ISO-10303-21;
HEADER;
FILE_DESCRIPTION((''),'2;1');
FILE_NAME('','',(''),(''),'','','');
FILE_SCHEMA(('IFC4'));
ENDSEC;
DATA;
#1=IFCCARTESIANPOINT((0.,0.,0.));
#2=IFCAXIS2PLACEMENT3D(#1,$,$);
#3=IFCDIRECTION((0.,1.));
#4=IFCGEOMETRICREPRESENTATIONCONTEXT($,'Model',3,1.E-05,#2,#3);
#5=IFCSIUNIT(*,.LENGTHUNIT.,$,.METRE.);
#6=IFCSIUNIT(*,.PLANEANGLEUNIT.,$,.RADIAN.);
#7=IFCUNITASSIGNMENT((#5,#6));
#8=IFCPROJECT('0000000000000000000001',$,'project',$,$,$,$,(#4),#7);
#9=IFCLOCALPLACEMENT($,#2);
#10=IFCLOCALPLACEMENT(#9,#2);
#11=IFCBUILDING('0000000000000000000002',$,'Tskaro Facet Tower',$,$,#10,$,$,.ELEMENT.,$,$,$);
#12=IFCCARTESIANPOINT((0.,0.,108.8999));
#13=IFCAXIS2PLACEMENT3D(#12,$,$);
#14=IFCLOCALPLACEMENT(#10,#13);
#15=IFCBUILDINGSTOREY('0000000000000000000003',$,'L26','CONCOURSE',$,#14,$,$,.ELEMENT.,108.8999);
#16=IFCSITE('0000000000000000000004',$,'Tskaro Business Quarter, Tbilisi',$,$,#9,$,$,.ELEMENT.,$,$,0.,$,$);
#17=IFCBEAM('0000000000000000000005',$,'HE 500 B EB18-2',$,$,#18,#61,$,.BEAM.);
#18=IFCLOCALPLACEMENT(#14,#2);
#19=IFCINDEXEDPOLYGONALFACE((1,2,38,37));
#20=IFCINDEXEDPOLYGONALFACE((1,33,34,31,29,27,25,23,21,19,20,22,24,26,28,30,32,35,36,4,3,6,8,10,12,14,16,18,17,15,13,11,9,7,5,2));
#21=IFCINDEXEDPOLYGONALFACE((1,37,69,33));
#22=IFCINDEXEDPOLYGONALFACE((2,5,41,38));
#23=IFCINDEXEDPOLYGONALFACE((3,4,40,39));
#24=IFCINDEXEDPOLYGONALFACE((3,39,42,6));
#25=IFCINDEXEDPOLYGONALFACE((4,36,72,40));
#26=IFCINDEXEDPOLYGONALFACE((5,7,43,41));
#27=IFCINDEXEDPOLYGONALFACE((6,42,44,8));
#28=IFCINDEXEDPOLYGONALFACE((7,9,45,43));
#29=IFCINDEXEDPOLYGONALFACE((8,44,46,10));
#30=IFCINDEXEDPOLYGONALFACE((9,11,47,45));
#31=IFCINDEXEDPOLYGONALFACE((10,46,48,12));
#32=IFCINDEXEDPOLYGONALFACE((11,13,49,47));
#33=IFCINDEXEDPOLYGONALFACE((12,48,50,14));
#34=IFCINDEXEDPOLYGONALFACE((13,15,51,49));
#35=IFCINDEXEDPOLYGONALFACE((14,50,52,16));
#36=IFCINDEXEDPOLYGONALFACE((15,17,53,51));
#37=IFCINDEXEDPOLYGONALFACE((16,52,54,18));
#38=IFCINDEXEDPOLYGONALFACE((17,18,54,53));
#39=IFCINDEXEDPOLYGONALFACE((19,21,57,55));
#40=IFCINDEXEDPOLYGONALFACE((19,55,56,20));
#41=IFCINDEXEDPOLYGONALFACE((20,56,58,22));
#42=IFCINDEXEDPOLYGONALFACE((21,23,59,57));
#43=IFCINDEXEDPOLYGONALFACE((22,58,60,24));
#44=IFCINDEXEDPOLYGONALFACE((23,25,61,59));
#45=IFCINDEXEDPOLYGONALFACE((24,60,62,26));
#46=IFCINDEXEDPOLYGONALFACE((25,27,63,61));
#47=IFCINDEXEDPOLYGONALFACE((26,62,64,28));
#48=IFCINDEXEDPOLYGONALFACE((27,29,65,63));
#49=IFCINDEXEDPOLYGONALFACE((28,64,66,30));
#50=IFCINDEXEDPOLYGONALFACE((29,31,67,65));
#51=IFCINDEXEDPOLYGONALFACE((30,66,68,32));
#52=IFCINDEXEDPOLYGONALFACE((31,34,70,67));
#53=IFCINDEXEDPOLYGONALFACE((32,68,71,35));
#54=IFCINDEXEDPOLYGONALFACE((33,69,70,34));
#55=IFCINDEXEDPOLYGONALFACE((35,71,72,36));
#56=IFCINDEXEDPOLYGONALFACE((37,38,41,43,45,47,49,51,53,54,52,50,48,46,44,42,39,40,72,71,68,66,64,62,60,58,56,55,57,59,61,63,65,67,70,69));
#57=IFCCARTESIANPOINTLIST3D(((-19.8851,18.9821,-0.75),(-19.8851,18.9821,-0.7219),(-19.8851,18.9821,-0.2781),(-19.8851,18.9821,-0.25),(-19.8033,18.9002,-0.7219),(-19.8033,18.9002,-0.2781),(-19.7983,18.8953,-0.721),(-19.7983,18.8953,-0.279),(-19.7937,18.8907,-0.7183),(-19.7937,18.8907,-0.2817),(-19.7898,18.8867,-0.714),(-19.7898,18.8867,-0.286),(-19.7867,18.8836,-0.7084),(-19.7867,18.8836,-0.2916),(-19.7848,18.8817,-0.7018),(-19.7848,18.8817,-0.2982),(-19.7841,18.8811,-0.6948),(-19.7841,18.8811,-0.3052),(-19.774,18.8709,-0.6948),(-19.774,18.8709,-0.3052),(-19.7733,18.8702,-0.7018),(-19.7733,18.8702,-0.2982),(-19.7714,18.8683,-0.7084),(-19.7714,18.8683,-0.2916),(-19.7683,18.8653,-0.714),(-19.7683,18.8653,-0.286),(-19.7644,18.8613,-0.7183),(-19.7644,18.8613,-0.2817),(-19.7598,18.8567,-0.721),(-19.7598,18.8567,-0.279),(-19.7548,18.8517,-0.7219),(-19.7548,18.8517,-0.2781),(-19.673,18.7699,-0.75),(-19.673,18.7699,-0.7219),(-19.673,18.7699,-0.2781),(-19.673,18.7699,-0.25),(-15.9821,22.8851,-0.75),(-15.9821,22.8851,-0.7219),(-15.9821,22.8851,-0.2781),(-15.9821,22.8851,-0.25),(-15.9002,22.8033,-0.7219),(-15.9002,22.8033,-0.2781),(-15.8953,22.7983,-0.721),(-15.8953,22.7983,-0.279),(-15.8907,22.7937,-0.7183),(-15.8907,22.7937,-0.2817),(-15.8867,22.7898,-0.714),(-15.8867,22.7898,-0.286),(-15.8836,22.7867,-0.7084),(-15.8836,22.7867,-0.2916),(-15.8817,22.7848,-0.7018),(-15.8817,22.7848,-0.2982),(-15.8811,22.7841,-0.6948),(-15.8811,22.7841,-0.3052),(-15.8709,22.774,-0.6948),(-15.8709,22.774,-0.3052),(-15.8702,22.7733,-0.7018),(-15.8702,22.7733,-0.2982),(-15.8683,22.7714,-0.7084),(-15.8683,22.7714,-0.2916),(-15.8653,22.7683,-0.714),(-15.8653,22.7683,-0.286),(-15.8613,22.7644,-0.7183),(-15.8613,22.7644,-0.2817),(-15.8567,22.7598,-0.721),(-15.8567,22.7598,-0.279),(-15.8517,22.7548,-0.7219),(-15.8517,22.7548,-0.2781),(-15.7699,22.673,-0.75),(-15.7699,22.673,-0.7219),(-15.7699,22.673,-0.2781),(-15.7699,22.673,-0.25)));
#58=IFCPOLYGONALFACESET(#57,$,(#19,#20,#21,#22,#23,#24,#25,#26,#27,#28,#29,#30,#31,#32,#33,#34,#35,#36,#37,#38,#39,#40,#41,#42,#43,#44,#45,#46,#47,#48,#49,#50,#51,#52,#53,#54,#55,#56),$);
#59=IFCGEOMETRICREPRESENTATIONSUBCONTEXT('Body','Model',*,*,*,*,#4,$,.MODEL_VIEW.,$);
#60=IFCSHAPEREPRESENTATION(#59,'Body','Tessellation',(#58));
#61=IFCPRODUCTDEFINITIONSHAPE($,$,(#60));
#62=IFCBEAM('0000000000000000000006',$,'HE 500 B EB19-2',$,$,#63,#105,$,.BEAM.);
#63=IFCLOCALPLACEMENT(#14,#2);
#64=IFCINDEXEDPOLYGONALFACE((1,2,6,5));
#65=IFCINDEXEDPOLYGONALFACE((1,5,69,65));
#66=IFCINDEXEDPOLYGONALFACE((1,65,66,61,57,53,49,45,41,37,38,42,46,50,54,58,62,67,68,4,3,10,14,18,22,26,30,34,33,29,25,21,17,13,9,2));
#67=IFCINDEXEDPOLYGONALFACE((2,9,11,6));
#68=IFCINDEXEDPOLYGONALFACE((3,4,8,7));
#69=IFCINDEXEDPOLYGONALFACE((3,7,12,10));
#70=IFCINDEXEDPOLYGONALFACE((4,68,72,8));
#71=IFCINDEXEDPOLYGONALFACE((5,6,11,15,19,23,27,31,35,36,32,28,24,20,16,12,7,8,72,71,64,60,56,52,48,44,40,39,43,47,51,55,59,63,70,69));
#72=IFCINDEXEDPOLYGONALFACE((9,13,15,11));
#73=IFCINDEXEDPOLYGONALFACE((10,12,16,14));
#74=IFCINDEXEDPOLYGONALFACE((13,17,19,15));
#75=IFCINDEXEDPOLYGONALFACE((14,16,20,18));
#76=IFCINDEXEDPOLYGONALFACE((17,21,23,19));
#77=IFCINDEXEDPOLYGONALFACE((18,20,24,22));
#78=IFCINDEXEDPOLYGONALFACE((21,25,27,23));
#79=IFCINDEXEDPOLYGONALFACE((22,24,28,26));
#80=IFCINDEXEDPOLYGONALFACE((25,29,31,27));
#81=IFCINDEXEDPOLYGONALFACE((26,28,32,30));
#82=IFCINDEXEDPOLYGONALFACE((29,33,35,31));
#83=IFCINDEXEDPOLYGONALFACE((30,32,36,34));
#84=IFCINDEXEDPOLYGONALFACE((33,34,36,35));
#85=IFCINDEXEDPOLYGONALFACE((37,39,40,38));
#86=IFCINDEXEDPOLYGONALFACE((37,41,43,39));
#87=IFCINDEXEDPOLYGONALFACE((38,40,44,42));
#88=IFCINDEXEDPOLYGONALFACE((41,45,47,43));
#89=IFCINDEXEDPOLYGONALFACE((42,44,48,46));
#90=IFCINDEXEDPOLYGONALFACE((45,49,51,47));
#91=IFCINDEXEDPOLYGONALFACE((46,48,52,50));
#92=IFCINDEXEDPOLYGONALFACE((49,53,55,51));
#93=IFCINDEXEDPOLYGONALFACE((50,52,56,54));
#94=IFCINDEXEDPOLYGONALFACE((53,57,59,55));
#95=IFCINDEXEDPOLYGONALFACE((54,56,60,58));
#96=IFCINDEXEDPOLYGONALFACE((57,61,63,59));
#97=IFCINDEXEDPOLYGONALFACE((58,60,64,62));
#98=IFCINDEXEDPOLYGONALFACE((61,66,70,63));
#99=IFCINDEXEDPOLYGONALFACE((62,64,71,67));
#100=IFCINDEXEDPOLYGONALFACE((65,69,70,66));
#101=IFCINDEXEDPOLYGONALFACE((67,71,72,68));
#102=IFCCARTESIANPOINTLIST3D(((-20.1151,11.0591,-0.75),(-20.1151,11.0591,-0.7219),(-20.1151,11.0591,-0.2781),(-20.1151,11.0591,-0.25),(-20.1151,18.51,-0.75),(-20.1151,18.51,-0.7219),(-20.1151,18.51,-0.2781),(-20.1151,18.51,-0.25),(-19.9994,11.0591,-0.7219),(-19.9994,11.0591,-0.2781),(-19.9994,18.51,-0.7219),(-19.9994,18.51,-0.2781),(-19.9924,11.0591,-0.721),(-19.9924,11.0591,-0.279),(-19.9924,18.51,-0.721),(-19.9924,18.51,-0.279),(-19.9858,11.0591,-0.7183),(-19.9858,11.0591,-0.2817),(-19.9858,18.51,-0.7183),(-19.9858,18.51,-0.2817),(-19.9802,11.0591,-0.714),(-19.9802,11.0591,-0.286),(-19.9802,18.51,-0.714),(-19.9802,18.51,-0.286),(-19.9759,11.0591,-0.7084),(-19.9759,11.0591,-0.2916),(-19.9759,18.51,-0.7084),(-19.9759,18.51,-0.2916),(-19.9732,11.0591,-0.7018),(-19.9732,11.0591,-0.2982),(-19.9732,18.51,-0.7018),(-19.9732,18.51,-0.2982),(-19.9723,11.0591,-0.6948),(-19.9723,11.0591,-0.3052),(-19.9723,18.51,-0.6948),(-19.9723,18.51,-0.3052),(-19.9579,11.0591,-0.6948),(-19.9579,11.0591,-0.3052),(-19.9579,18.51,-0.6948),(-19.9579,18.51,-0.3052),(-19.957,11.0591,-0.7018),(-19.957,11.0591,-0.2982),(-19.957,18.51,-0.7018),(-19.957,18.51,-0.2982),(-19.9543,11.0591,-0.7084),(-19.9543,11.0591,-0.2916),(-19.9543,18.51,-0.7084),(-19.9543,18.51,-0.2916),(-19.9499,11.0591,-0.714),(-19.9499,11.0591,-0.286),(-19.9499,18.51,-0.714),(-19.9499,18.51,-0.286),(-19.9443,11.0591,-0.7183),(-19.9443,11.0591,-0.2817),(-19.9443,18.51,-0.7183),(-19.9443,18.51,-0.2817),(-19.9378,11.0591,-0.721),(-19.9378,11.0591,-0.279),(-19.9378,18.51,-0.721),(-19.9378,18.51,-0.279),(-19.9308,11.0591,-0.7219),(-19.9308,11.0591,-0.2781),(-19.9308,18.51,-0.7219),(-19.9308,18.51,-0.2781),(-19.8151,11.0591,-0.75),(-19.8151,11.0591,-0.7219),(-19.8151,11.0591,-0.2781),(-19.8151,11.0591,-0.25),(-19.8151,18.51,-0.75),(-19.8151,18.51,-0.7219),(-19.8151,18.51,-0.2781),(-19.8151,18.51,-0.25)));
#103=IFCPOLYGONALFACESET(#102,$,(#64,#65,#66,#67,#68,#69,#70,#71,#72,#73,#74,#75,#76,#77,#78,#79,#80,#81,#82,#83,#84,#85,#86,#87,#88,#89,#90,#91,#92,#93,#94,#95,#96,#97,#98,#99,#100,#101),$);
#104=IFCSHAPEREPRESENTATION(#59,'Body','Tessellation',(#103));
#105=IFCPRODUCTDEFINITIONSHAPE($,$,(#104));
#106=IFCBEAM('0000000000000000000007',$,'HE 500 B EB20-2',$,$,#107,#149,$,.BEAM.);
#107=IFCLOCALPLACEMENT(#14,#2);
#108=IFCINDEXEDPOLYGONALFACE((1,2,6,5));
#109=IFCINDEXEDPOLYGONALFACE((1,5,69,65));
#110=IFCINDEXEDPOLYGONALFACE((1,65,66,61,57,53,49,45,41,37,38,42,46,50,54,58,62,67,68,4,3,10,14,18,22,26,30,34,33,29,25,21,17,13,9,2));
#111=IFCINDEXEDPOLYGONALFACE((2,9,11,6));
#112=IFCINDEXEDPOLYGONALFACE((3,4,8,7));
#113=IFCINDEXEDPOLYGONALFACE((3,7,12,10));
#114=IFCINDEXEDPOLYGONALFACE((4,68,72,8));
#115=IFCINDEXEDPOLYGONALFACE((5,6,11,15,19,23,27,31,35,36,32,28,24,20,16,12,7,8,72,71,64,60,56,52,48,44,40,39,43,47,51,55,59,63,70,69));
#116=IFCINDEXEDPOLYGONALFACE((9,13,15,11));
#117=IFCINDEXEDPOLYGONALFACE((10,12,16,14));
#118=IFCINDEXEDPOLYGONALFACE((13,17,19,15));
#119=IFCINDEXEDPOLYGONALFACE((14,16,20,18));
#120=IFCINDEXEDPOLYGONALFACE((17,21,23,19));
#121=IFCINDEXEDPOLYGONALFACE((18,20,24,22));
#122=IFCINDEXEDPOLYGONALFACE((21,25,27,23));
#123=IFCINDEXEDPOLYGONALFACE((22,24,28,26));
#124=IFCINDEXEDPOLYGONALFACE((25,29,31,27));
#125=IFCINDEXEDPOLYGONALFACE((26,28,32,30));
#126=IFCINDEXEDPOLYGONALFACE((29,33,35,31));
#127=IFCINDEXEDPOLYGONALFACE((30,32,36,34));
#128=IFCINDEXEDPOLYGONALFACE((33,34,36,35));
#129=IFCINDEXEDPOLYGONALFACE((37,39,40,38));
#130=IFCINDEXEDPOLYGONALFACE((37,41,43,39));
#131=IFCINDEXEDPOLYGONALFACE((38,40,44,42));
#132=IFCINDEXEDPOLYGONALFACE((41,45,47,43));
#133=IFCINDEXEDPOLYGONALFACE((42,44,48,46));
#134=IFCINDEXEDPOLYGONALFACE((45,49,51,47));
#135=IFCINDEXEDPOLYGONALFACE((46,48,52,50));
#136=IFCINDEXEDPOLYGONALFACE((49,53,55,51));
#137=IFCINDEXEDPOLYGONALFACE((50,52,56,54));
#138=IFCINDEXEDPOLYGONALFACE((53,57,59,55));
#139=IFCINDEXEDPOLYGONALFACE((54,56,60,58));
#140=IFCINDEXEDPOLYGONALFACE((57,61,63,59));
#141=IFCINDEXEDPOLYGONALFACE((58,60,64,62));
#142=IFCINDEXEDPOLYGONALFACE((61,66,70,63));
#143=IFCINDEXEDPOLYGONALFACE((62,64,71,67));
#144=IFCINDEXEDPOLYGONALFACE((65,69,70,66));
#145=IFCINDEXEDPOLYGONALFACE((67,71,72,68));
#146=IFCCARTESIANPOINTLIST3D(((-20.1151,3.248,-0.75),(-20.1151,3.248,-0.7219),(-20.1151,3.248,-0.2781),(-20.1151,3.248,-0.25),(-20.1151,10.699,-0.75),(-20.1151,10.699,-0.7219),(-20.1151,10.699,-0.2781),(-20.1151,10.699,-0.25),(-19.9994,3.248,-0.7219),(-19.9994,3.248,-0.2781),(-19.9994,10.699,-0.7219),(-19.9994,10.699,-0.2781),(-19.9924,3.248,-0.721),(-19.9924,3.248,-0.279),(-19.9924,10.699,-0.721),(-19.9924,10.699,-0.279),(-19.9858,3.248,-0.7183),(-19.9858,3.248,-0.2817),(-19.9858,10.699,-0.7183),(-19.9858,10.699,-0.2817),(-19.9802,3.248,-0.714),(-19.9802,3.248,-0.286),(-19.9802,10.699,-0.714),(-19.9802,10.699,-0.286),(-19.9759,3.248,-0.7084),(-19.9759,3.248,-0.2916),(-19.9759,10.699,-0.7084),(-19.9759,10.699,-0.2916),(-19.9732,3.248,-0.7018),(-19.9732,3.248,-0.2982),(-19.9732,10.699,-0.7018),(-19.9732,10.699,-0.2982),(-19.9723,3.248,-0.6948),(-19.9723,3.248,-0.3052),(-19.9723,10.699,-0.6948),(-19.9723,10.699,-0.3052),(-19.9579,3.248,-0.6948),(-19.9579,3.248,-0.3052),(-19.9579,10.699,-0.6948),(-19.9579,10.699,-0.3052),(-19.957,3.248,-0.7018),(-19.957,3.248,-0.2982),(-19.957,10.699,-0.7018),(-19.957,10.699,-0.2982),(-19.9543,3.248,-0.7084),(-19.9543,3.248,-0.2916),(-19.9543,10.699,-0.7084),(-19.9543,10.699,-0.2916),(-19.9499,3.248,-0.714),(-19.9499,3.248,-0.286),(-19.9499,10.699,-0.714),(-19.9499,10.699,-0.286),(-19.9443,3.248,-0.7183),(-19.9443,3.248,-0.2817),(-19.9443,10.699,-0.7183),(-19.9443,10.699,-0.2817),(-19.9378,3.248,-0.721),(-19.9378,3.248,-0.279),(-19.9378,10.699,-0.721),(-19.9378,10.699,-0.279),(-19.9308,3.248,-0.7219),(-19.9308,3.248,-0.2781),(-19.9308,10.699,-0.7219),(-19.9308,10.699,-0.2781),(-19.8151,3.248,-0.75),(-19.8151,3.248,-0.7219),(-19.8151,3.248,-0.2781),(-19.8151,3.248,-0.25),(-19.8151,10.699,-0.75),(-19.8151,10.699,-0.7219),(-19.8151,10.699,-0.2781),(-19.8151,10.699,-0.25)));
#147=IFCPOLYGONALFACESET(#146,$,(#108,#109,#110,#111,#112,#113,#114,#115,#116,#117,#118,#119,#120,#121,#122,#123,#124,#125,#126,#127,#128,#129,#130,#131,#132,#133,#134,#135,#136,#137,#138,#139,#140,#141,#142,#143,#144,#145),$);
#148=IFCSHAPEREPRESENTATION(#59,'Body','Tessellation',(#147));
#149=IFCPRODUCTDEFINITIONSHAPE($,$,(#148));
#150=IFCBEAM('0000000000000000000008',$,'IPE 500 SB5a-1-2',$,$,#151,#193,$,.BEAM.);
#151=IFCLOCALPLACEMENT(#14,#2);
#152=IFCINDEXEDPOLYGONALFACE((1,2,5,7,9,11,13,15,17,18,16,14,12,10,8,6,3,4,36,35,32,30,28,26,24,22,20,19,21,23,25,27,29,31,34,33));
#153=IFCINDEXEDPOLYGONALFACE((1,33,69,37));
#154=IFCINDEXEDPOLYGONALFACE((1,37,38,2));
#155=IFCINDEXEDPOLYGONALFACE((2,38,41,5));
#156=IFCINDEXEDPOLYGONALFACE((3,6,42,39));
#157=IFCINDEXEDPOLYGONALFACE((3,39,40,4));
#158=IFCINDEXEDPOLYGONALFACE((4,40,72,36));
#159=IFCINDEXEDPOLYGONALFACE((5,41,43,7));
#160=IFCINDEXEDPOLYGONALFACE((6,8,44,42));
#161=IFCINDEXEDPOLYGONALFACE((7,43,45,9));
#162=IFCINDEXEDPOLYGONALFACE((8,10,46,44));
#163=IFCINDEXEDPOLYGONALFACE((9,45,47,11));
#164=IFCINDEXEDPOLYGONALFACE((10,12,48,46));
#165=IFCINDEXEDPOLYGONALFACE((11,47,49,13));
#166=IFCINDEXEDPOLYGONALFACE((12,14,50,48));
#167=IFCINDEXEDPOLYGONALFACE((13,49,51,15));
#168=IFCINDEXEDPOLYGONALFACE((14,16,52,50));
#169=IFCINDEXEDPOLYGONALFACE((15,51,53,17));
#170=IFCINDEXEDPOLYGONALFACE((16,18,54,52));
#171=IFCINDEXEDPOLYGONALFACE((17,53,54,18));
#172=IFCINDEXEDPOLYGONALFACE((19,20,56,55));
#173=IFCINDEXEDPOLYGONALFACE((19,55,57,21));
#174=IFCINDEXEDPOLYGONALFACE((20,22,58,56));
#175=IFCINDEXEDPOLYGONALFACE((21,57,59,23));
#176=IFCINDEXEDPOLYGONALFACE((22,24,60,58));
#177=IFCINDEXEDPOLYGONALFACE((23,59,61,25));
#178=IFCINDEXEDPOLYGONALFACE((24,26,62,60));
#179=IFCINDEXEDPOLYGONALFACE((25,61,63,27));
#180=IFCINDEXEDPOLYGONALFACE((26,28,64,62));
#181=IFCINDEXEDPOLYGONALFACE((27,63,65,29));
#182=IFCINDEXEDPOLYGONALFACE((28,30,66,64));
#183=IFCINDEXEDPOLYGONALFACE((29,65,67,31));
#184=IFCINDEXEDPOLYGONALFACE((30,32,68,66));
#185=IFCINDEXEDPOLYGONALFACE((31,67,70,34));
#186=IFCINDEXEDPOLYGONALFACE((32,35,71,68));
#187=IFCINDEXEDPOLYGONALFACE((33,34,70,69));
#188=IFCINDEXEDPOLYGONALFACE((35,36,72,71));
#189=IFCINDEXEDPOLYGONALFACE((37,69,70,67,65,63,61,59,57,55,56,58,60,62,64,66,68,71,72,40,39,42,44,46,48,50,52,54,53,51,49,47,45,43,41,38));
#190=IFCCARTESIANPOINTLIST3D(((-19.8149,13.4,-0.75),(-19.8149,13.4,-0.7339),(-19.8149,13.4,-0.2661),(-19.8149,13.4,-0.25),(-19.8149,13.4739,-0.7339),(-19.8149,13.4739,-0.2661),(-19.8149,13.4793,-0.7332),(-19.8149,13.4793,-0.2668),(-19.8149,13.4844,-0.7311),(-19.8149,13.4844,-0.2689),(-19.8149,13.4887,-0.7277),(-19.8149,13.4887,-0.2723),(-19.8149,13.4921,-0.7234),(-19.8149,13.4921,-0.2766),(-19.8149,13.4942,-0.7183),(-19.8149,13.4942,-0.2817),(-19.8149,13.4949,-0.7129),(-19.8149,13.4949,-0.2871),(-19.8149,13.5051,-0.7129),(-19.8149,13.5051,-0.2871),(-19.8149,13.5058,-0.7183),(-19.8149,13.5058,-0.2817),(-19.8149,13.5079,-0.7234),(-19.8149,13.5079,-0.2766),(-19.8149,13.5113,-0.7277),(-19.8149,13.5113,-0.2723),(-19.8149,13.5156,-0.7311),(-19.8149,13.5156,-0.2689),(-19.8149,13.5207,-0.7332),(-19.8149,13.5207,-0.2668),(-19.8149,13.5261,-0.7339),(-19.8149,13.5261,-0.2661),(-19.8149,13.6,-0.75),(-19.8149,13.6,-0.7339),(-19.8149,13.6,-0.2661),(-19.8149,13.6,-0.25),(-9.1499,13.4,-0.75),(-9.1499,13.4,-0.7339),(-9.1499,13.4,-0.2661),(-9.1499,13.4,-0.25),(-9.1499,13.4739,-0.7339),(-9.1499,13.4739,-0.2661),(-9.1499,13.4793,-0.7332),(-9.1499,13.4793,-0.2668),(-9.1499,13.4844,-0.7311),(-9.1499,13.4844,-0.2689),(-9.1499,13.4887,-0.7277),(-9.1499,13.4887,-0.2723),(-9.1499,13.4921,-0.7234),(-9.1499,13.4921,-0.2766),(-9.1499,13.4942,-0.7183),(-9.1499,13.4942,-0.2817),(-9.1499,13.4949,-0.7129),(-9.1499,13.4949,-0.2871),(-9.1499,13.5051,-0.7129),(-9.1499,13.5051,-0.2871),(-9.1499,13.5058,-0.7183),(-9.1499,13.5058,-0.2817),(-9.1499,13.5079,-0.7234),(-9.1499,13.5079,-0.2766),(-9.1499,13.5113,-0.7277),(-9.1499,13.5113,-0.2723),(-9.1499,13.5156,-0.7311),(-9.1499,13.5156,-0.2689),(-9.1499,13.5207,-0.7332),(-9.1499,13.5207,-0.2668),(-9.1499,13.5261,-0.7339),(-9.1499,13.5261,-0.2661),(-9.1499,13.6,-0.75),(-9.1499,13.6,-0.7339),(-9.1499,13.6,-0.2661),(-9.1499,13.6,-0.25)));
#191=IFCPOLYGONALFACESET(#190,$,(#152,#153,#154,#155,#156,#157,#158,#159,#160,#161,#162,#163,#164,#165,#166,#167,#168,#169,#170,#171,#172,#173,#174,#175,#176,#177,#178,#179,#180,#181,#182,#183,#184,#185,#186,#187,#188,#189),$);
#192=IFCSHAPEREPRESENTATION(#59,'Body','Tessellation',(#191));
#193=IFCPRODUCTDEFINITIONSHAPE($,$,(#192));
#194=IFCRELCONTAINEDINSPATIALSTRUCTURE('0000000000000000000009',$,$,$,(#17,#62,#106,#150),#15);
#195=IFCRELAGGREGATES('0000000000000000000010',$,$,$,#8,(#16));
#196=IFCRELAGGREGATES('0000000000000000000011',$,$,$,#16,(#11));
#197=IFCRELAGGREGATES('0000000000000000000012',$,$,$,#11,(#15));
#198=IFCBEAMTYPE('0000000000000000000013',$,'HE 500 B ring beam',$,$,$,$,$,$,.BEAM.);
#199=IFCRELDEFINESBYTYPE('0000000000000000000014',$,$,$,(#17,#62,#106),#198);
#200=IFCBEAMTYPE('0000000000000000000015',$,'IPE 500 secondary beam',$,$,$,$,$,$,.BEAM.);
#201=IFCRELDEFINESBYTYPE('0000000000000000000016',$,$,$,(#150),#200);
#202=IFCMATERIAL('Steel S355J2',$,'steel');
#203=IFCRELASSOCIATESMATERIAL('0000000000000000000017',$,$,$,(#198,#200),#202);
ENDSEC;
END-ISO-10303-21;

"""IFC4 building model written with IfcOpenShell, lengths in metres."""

from ifc_helpers import new_model, si_unit, direction, frame, origin, origin_2d, place, context, subcontext, project, spatial, i_section, extrude, material, material_profile, profile_set, type_object, element, save


model = new_model("IFC4")

# Units and contexts
model_context = context("Model", 3, precision=1e-05, world=origin(), true_north=direction((0.0, 1.0)))
body_context = subcontext(model_context, "Body", "Model", "MODEL_VIEW")
ifc_project = project(units=[si_unit("LENGTHUNIT", "METRE"), si_unit("PLANEANGLEUNIT", "RADIAN")], contexts=[model_context])

# Site, building, storey
site_placement = place(None, origin())
site = spatial("IfcSite", under=ifc_project, at=site_placement, Name="Tskaro Business Quarter, Tbilisi", CompositionType="ELEMENT", RefElevation=0.0)
building_placement = place(site_placement, origin())
building = spatial("IfcBuilding", under=site, at=building_placement, Name="Tskaro Facet Tower", CompositionType="ELEMENT")
storey_placement = place(building_placement, frame((0.0, 0.0, 108.8999)))
storey = spatial("IfcBuildingStorey", under=building, at=storey_placement, Name="L26", Description="CONCOURSE", CompositionType="ELEMENT", Elevation=108.8999)

# Beams
ifc_material_1 = material(Name="Steel S355J2", Category="steel")
ifc_material_profile_1 = material_profile(ifc_material_1, i_section(OverallWidth=0.3, OverallDepth=0.5, WebThickness=0.0144, FlangeThickness=0.0281, FilletRadius=0.0271, at=origin_2d()), Name="HE 500 B")
ifc_profile_set_1 = profile_set([ifc_material_profile_1], Name="Steel S355J2")
beam_type_1 = type_object("IfcBeamType", Name="HE 500 B ring beam", PredefinedType="BEAM", material=ifc_profile_set_1)
beam_1_placement = place(storey_placement, frame((-15.876, 22.7791, -0.5), z_axis=(-0.707107, -0.707107, 0.0), x_axis=(0.707107, -0.707107, 0.0)))
element("IfcBeam", 1, at=beam_1_placement, inside=storey, type_object=beam_type_1, Name="HE 500 B EB18-2", PredefinedType="BEAM", context=body_context, shape_type="SweptSolid", body=[
    extrude(i_section(OverallWidth=0.3, OverallDepth=0.5, WebThickness=0.0144, FlangeThickness=0.0281, FilletRadius=0.0271, at=origin_2d()), origin(), (0.0, 0.0, 1.0), 5.5198),
])
for number, where, z_axis, x_axis, name in (
    (2, (-19.9651, 18.51, -0.5), (0.0, -1.0, 0.0), (1.0, 0.0, 0.0), "HE 500 B EB19-2"),
    (3, (-19.9651, 10.699, -0.5), (0.0, -1.0, 0.0), (1.0, 0.0, 0.0), "HE 500 B EB20-2"),
):
    element("IfcBeam", number, at=place(storey_placement, frame(where, z_axis=z_axis, x_axis=x_axis)), inside=storey, type_object=beam_type_1, Name=name, PredefinedType="BEAM", context=body_context, shape_type="SweptSolid", body=[
        extrude(i_section(OverallWidth=0.3, OverallDepth=0.5, WebThickness=0.0144, FlangeThickness=0.0281, FilletRadius=0.0271, at=origin_2d()), origin(), (0.0, 0.0, 1.0), 7.4509),
    ])
ifc_material_profile_2 = material_profile(ifc_material_1, i_section(OverallWidth=0.2, OverallDepth=0.5, WebThickness=0.0103, FlangeThickness=0.0161, FilletRadius=0.021, at=origin_2d()), Name="IPE 500")
ifc_profile_set_2 = profile_set([ifc_material_profile_2], Name="Steel S355J2")
beam_type_2 = type_object("IfcBeamType", Name="IPE 500 secondary beam", PredefinedType="BEAM", material=ifc_profile_set_2)
beam_2_placement = place(storey_placement, frame((-19.8149, 13.5, -0.5), z_axis=(1.0, 0.0, 0.0), x_axis=(0.0, 1.0, 0.0)))
element("IfcBeam", 4, at=beam_2_placement, inside=storey, type_object=beam_type_2, Name="IPE 500 SB5a-1-2", PredefinedType="BEAM", context=body_context, shape_type="SweptSolid", body=[
    extrude(i_section(OverallWidth=0.2, OverallDepth=0.5, WebThickness=0.0103, FlangeThickness=0.0161, FilletRadius=0.021, at=origin_2d()), origin(), (0.0, 0.0, 1.0), 10.665),
])

save(model, "model.ifc")
